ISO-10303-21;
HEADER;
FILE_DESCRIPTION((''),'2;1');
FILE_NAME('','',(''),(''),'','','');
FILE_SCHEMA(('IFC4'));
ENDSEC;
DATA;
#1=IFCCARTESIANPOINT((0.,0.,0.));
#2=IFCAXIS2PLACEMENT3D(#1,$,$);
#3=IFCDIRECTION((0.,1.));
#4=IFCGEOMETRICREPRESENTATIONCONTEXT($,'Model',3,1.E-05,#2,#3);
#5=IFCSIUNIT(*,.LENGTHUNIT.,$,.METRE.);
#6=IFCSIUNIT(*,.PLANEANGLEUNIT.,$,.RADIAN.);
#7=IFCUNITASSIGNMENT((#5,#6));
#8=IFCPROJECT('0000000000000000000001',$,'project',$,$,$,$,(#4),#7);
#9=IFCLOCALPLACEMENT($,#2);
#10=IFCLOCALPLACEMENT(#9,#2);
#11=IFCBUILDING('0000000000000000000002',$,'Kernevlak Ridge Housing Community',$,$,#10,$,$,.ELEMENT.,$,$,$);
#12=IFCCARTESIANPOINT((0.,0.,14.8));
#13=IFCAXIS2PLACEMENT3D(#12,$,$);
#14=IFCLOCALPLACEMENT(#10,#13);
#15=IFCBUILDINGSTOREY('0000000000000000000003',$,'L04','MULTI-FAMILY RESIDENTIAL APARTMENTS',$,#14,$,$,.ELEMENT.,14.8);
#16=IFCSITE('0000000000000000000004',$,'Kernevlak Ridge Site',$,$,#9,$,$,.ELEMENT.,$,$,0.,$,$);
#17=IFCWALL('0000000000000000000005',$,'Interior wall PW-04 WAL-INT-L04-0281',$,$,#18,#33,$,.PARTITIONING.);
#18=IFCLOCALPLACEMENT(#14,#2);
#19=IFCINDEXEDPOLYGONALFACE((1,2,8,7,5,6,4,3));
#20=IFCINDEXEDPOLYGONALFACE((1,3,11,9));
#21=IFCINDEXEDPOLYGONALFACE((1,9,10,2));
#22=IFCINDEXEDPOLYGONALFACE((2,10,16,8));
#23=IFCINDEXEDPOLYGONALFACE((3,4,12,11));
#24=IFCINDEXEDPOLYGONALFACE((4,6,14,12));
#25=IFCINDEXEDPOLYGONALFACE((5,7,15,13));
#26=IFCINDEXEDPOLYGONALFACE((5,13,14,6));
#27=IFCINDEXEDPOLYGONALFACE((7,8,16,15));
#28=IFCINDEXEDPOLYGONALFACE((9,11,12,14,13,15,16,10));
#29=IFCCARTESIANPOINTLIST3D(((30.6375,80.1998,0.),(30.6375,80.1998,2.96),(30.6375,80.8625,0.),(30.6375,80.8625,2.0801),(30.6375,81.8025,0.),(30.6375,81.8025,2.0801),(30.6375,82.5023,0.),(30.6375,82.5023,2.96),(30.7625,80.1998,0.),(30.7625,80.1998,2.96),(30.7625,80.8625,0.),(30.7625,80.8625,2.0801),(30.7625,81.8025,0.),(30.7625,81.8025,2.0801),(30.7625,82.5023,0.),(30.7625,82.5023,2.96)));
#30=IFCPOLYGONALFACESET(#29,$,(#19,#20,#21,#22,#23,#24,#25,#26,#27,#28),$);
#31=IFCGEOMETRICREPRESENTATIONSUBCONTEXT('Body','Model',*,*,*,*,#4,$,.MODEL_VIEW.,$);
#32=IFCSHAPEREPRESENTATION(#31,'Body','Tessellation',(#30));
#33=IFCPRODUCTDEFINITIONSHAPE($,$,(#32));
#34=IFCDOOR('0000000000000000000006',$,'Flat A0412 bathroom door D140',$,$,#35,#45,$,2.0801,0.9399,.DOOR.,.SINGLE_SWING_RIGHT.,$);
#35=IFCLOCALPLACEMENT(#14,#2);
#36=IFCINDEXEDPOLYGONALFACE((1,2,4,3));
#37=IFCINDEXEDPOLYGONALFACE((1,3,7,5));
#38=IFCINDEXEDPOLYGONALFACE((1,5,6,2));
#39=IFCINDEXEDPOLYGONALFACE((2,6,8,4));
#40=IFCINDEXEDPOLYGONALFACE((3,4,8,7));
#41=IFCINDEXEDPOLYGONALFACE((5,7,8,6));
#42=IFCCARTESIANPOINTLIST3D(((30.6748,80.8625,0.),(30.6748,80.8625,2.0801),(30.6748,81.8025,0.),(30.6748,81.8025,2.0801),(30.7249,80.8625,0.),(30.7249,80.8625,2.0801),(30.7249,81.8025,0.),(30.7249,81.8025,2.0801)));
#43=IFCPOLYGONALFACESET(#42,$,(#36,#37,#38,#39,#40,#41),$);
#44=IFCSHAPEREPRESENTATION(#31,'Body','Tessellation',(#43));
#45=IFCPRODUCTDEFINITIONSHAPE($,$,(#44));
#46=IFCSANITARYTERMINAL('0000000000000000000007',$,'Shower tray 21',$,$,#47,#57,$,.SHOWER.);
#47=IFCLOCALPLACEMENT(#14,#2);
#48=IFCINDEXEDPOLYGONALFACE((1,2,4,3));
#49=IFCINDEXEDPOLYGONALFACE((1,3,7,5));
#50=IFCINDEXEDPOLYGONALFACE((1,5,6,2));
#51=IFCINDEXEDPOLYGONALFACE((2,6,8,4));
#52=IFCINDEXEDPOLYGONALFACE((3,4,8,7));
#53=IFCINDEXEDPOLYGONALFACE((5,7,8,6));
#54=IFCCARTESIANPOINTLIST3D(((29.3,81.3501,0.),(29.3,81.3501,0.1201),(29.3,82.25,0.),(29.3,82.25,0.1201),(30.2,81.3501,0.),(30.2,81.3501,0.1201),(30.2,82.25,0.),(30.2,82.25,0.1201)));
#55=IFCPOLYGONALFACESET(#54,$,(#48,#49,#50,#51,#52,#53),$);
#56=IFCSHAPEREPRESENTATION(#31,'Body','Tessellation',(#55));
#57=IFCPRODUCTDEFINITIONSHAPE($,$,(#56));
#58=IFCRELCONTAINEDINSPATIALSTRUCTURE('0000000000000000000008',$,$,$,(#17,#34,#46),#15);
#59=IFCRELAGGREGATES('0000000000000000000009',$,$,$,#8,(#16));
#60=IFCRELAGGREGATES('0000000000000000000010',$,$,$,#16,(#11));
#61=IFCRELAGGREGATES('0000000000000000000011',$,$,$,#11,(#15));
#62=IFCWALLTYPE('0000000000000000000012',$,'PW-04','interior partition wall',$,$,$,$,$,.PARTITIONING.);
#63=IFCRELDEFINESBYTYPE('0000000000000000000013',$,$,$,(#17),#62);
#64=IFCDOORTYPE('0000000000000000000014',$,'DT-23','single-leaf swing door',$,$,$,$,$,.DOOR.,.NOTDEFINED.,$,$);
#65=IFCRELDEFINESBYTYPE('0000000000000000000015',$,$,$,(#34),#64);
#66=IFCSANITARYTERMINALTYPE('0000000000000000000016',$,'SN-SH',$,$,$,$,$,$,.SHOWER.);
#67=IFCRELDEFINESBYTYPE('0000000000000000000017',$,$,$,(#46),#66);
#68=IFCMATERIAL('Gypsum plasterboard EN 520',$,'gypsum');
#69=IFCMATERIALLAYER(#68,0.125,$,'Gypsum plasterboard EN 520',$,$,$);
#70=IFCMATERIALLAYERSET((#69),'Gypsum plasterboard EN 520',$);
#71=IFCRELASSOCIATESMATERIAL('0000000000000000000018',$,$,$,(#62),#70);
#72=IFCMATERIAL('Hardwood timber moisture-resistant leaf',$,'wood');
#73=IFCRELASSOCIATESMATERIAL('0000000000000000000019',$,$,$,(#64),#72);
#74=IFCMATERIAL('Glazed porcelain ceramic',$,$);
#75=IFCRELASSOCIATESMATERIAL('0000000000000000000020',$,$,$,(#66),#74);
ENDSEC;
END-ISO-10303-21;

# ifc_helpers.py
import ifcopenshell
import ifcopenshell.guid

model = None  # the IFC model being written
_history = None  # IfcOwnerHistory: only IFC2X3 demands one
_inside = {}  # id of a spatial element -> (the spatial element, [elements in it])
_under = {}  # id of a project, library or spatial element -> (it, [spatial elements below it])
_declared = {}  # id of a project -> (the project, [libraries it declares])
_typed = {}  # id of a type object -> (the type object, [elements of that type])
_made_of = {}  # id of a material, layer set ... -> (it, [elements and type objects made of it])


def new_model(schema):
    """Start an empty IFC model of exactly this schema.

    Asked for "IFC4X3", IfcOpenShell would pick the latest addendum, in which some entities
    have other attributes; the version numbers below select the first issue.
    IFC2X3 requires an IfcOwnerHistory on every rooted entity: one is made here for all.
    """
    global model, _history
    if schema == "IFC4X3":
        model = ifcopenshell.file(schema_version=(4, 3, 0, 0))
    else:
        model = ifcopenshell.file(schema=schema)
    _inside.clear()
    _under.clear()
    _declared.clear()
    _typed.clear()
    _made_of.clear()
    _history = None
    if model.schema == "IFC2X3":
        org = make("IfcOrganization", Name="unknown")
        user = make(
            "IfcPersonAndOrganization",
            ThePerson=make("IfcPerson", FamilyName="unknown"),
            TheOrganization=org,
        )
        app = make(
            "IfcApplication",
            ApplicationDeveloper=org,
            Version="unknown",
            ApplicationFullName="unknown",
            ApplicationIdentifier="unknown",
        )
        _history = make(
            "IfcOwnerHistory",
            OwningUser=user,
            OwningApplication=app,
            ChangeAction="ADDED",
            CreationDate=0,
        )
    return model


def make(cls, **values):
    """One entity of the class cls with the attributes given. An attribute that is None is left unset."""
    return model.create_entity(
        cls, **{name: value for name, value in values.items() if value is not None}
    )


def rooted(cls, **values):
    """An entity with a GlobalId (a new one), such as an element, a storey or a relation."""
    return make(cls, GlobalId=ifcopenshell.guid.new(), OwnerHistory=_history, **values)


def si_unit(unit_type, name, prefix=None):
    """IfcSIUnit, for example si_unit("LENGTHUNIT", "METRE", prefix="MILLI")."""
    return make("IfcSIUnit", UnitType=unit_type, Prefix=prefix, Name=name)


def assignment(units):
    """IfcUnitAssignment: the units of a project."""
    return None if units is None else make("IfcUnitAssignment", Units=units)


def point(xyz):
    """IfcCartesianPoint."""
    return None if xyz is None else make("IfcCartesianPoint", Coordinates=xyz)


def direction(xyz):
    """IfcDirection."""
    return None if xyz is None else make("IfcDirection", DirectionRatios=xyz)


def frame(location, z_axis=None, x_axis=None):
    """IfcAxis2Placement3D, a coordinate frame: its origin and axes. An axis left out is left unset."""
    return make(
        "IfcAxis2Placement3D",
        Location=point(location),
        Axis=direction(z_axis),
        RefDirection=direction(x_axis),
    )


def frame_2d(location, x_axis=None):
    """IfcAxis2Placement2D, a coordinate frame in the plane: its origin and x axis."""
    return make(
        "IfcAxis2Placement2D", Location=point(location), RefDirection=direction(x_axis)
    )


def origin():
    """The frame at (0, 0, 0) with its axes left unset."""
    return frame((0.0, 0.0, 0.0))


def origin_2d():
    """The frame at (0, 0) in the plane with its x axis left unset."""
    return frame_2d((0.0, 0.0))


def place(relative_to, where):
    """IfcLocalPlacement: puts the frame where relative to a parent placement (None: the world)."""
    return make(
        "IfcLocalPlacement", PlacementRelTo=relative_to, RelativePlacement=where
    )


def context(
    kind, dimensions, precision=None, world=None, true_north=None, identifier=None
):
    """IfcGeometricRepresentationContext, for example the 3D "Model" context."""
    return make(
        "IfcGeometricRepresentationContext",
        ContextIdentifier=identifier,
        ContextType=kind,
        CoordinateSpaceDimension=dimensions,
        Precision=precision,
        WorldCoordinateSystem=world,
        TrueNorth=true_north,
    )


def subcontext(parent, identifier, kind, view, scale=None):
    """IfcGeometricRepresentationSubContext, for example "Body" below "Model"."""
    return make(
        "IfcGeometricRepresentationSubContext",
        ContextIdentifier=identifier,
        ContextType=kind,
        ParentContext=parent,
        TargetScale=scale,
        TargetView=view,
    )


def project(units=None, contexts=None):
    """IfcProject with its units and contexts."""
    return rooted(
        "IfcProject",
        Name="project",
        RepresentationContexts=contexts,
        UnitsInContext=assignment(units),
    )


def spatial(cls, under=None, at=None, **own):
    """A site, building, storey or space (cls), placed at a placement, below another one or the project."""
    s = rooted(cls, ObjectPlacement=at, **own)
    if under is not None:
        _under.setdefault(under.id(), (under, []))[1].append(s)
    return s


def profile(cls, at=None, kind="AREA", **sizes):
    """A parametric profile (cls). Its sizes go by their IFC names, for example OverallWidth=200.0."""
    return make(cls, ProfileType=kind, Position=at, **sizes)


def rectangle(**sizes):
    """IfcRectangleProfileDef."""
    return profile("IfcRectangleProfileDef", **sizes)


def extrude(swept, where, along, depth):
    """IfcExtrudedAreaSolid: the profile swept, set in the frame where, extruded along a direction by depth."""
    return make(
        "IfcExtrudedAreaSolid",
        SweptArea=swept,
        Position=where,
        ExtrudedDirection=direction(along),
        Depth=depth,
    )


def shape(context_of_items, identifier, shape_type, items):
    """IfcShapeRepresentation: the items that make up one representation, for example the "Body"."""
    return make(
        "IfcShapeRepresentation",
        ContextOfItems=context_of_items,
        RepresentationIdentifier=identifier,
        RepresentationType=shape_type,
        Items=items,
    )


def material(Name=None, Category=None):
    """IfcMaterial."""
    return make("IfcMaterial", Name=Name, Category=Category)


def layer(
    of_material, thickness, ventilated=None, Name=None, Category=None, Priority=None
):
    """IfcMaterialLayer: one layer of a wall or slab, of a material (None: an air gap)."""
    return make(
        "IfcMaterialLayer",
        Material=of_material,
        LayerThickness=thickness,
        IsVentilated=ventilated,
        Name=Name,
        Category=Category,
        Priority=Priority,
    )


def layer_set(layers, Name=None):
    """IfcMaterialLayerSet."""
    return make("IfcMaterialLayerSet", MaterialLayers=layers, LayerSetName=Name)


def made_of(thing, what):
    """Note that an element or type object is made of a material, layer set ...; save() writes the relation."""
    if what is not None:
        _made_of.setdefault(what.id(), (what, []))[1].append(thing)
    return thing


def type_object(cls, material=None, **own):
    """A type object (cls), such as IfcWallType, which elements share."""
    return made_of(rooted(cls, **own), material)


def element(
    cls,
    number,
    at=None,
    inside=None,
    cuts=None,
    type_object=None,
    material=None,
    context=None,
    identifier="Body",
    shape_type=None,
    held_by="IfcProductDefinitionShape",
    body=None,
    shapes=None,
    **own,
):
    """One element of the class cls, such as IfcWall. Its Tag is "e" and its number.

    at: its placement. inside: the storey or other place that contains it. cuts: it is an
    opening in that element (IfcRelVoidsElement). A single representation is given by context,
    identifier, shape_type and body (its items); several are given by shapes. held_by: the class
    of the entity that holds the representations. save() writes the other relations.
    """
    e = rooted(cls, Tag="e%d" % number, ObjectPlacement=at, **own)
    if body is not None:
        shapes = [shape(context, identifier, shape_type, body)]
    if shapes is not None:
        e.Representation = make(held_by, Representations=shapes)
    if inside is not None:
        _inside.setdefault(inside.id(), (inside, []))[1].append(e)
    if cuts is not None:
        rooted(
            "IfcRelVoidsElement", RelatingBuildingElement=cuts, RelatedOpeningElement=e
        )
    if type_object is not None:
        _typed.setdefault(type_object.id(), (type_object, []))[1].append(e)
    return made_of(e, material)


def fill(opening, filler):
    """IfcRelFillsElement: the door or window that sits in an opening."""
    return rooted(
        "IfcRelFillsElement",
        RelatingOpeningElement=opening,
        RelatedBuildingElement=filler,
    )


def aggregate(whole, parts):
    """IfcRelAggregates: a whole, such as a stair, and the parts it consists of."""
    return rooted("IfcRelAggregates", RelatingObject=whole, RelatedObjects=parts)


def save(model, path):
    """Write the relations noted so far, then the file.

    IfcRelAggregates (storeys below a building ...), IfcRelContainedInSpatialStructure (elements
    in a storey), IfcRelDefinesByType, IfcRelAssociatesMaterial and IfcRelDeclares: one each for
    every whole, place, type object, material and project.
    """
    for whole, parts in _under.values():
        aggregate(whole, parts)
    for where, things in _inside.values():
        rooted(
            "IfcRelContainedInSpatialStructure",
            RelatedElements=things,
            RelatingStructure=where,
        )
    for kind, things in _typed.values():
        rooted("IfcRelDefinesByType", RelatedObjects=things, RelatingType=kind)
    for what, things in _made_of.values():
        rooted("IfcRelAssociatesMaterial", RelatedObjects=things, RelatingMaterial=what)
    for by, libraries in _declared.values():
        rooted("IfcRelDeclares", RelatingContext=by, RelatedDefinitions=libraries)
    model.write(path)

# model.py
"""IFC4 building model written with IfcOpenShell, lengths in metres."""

from ifc_helpers import new_model, si_unit, direction, frame, frame_2d, origin, origin_2d, place, context, subcontext, project, spatial, rectangle, extrude, material, layer, layer_set, type_object, element, fill, save


model = new_model("IFC4")

# Units and contexts
model_context = context("Model", 3, precision=1e-05, world=origin(), true_north=direction((0.0, 1.0)))
body_context = subcontext(model_context, "Body", "Model", "MODEL_VIEW")
ifc_project = project(units=[si_unit("LENGTHUNIT", "METRE"), si_unit("PLANEANGLEUNIT", "RADIAN")], contexts=[model_context])

# Site, building, storey
site_placement = place(None, origin())
site = spatial("IfcSite", under=ifc_project, at=site_placement, Name="Kernevlak Ridge Site", CompositionType="ELEMENT", RefElevation=0.0)
building_placement = place(site_placement, origin())
building = spatial("IfcBuilding", under=site, at=building_placement, Name="Kernevlak Ridge Housing Community", CompositionType="ELEMENT")
storey_placement = place(building_placement, frame((0.0, 0.0, 14.8)))
storey = spatial("IfcBuildingStorey", under=building, at=storey_placement, Name="L04", Description="MULTI-FAMILY RESIDENTIAL APARTMENTS", CompositionType="ELEMENT", Elevation=14.8)

# Wall, opening, door
ifc_material_1 = material(Name="Gypsum plasterboard EN 520", Category="gypsum")
ifc_layer_1 = layer(ifc_material_1, 0.125, Name="Gypsum plasterboard EN 520")
ifc_layer_set_1 = layer_set([ifc_layer_1], Name="Gypsum plasterboard EN 520")
wall_type_1 = type_object("IfcWallType", Name="PW-04", Description="interior partition wall", PredefinedType="PARTITIONING", material=ifc_layer_set_1)
wall_1_placement = place(storey_placement, frame((30.7, 82.5024, 0.0), z_axis=(0.0, 0.0, 1.0), x_axis=(0.0, -1.0, 0.0)))
wall_1 = element("IfcWall", 1, at=wall_1_placement, inside=storey, type_object=wall_type_1, Name="Interior wall PW-04 WAL-INT-L04-0281", PredefinedType="PARTITIONING", context=body_context, shape_type="SweptSolid", body=[
    extrude(rectangle(XDim=2.3025, YDim=0.125, at=frame_2d((1.1514, 0.0))), origin(), (0.0, 0.0, 1.0), 2.96),
])
opening_1_placement = place(wall_1_placement, frame((0.7, 0.0, 0.0)))
opening_1 = element("IfcOpeningElement", 2, at=opening_1_placement, cuts=wall_1, PredefinedType="OPENING", context=body_context, shape_type="SweptSolid", body=[
    extrude(rectangle(XDim=0.9399, YDim=2.0801, at=frame_2d((0.47, 1.04))), frame((0.0, 0.0725, 0.0), z_axis=(0.0, -1.0, 0.0), x_axis=(1.0, 0.0, 0.0)), (0.0, 0.0, 1.0), 0.145),
])
ifc_material_2 = material(Name="Hardwood timber moisture-resistant leaf", Category="wood")
door_type_1 = type_object("IfcDoorType", Name="DT-23", Description="single-leaf swing door", OperationType="NOTDEFINED", PredefinedType="DOOR", material=ifc_material_2)
door_1_placement = place(opening_1_placement, origin())
door_1 = element("IfcDoor", 3, at=door_1_placement, inside=storey, type_object=door_type_1, Name="Flat A0412 bathroom door D140", OperationType="SINGLE_SWING_RIGHT", OverallHeight=2.0801, OverallWidth=0.9399, PredefinedType="DOOR", context=body_context, shape_type="SweptSolid", body=[
    extrude(rectangle(XDim=0.9399, YDim=2.0801, at=frame_2d((0.47, 1.04))), frame((0.0, 0.0249, 0.0), z_axis=(0.0, -1.0, 0.0), x_axis=(1.0, 0.0, 0.0)), (0.0, 0.0, 1.0), 0.05),
])
fill(opening_1, door_1)

# Sanitary terminal
ifc_material_3 = material(Name="Glazed porcelain ceramic")
sanitary_terminal_type = type_object("IfcSanitaryTerminalType", Name="SN-SH", PredefinedType="SHOWER", material=ifc_material_3)
sanitary_terminal_placement = place(storey_placement, frame((29.75, 81.8, 0.0), z_axis=(0.0, 0.0, 1.0), x_axis=(1.0, 0.0, 0.0)))
element("IfcSanitaryTerminal", 4, at=sanitary_terminal_placement, inside=storey, type_object=sanitary_terminal_type, Name="Shower tray 21", PredefinedType="SHOWER", context=body_context, shape_type="SweptSolid", body=[
    extrude(rectangle(XDim=0.8999, YDim=0.8999, at=origin_2d()), origin(), (0.0, 0.0, 1.0), 0.1201),
])

save(model, "model.ifc")
